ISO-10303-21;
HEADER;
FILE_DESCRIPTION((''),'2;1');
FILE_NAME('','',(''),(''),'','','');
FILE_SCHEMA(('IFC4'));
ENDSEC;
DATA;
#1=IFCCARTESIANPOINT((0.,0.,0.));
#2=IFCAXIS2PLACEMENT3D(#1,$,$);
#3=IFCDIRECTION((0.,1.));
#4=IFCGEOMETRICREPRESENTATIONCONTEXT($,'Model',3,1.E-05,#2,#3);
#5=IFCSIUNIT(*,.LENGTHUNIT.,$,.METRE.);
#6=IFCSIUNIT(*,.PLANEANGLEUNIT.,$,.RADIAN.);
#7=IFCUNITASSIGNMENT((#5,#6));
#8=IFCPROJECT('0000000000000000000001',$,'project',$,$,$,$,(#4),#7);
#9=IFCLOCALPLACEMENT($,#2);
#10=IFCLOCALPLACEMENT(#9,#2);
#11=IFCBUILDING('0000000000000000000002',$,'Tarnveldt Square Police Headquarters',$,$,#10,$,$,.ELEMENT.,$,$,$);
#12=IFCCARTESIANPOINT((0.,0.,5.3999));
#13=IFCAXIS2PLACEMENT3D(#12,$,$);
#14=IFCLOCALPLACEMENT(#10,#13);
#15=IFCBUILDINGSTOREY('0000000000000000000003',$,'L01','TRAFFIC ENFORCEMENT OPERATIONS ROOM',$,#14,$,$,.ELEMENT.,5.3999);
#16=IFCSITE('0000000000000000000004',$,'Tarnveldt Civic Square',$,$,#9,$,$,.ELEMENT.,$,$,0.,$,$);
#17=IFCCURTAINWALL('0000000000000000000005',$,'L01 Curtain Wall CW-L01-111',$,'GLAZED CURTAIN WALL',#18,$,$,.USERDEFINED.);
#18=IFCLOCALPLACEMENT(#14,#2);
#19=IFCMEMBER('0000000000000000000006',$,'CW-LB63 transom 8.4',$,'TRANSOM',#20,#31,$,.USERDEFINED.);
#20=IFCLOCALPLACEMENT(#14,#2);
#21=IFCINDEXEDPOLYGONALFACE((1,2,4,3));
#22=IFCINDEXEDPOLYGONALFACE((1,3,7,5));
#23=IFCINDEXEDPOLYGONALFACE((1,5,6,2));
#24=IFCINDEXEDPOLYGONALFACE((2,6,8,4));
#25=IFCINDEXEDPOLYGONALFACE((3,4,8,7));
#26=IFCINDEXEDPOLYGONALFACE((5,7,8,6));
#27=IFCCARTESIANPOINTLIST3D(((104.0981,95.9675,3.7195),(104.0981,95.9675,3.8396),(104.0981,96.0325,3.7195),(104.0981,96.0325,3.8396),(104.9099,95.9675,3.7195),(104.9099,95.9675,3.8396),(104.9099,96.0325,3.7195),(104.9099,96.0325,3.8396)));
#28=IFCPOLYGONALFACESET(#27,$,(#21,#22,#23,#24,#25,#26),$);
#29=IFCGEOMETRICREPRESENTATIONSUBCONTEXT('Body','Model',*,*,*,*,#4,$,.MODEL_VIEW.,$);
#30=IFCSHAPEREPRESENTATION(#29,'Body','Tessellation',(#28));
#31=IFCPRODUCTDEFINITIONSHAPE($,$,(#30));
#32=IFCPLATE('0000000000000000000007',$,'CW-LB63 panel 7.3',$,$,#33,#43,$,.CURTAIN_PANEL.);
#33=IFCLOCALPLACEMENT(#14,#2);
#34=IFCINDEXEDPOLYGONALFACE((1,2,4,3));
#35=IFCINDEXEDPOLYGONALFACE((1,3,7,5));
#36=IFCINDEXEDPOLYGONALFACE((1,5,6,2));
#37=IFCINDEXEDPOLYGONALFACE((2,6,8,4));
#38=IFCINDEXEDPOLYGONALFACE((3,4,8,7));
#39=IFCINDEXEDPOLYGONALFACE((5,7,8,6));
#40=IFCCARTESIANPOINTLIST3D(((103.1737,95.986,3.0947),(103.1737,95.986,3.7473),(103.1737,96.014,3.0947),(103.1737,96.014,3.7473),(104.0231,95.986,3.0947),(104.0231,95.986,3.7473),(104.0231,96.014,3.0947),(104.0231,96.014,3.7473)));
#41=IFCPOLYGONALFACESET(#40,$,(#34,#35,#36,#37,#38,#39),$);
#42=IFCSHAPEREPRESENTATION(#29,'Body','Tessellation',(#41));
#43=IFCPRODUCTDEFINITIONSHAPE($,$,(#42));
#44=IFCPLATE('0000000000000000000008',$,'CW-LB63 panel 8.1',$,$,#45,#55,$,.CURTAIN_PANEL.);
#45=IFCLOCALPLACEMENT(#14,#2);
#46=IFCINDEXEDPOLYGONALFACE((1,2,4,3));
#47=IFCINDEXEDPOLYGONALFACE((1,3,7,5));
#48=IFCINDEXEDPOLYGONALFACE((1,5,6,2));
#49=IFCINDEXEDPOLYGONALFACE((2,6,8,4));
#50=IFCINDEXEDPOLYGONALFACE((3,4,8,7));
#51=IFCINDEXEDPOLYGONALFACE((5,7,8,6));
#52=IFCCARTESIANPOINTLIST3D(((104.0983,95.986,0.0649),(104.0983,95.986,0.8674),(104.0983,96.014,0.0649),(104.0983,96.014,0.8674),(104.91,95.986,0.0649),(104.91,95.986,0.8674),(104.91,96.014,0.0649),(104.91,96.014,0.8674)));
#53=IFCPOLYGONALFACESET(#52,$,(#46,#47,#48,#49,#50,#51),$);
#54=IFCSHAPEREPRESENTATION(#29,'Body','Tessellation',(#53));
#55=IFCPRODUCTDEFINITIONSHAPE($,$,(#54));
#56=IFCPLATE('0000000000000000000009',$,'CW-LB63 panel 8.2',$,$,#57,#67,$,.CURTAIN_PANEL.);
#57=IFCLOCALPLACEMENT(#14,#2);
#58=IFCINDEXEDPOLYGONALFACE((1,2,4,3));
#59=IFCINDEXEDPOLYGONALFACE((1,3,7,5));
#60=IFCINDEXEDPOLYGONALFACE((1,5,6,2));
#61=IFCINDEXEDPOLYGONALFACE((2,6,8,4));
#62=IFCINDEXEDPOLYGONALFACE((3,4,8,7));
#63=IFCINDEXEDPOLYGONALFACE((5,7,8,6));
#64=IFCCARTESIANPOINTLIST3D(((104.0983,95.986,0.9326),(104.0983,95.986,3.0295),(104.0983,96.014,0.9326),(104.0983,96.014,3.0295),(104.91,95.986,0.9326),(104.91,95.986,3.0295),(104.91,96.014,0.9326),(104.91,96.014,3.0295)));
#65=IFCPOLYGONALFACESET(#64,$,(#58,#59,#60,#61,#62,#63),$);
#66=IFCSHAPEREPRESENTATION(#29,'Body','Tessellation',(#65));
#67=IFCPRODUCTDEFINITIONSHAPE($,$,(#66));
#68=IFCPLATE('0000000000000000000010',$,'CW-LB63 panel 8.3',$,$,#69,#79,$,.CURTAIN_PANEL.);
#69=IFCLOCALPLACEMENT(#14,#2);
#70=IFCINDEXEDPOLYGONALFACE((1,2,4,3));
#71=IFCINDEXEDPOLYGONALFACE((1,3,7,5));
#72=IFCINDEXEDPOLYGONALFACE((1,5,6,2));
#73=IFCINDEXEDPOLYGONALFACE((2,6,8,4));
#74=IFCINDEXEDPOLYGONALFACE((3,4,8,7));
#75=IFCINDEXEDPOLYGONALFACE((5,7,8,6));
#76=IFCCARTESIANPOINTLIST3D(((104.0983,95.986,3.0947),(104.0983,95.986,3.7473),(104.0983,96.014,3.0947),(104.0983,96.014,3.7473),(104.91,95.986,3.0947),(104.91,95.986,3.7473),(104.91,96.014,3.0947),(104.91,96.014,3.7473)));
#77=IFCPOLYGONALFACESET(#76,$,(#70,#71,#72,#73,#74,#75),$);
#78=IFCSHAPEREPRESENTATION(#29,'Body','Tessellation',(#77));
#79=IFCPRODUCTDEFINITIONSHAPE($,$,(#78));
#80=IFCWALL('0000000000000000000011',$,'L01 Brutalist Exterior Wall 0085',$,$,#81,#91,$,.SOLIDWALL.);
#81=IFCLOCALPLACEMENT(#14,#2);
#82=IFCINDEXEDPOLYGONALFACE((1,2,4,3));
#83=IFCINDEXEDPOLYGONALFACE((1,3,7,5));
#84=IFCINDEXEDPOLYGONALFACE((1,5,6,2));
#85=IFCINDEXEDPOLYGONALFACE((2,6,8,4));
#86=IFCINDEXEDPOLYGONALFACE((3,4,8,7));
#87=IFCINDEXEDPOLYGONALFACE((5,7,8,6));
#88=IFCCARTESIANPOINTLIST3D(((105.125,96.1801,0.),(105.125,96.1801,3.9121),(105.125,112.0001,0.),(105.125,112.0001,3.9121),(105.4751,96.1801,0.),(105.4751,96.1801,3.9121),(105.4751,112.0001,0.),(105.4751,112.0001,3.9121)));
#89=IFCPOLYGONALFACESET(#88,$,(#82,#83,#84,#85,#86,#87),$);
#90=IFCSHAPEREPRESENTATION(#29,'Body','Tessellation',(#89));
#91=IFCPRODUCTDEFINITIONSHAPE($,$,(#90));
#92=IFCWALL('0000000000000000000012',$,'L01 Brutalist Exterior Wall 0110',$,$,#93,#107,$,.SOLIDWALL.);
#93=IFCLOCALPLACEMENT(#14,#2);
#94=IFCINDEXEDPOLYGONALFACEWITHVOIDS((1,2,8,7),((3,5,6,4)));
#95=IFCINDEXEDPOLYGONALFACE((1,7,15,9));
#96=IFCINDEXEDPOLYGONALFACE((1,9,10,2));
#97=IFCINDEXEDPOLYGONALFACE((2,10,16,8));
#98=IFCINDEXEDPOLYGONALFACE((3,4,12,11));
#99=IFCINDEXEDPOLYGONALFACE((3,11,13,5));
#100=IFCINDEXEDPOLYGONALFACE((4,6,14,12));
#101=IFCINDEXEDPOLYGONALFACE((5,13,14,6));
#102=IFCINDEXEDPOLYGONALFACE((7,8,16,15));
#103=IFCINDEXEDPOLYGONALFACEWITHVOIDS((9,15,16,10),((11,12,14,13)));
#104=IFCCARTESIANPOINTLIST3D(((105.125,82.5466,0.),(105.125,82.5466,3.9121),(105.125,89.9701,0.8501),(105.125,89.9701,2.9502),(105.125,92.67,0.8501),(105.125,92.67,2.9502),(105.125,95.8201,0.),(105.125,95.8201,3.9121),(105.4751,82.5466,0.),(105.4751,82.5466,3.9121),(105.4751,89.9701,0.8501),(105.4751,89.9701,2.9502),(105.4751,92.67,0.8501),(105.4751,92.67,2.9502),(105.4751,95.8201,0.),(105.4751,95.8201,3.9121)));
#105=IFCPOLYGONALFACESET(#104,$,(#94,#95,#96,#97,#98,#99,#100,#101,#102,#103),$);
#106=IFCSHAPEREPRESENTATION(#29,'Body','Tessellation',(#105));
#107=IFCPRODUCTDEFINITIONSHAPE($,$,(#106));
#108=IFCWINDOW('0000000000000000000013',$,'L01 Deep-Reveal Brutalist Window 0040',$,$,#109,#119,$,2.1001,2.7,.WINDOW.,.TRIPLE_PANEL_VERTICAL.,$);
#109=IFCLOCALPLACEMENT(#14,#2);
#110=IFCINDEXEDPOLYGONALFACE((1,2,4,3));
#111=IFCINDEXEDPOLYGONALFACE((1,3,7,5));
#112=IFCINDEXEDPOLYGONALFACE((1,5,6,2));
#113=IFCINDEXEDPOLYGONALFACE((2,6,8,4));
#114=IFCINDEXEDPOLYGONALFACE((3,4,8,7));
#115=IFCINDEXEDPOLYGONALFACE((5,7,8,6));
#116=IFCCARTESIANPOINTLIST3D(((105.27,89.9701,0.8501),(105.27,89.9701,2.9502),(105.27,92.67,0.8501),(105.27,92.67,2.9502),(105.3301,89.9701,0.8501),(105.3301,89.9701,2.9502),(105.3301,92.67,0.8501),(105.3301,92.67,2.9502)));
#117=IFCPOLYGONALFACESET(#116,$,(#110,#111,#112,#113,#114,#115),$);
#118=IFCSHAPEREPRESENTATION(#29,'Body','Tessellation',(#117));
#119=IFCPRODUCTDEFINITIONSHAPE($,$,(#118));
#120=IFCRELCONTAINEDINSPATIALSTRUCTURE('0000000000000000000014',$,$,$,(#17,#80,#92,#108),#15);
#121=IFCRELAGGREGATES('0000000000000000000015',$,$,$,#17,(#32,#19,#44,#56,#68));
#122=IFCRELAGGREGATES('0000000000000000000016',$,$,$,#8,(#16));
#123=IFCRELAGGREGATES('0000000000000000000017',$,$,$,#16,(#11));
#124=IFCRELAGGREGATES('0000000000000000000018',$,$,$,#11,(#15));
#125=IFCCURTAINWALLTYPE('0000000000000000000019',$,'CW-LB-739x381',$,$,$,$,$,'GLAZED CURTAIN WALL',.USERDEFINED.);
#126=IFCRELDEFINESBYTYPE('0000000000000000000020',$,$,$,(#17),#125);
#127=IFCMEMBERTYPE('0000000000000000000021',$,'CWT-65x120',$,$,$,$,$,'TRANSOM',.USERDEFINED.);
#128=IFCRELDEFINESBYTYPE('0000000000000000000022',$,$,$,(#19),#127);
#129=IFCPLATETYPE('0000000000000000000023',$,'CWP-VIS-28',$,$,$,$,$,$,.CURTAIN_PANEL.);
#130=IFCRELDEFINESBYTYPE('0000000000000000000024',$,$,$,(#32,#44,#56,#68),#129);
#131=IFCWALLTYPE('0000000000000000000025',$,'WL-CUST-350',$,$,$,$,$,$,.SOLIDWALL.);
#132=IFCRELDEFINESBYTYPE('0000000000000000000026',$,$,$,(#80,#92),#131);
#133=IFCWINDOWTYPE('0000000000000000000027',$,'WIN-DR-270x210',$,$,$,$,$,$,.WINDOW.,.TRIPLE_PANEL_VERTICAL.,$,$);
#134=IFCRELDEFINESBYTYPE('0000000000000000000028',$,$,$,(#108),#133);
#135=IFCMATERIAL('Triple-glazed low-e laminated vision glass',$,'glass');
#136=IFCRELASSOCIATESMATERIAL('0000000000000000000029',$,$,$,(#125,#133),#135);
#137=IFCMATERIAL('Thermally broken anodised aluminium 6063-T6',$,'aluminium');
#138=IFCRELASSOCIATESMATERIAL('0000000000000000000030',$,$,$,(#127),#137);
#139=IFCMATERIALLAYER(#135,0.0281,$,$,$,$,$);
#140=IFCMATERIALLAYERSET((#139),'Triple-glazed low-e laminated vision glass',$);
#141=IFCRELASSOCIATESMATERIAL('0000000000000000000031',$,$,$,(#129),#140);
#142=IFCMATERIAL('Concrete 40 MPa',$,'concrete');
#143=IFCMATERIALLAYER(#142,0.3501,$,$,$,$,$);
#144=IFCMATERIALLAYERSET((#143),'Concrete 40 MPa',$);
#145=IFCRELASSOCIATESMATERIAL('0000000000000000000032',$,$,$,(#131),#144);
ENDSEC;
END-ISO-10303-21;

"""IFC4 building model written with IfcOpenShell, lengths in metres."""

from ifc_helpers import new_model, si_unit, direction, frame, frame_2d, origin, origin_2d, place, context, subcontext, project, spatial, rectangle, extrude, material, layer, layer_set, material_profile, profile_set, type_object, element, fill, aggregate, save


model = new_model("IFC4")

# Units and contexts
model_context = context("Model", 3, precision=1e-05, world=origin(), true_north=direction((0.0, 1.0)))
body_context = subcontext(model_context, "Body", "Model", "MODEL_VIEW")
ifc_project = project(units=[si_unit("LENGTHUNIT", "METRE"), si_unit("PLANEANGLEUNIT", "RADIAN")], contexts=[model_context])

# Site, building, storey
site_placement = place(None, origin())
site = spatial("IfcSite", under=ifc_project, at=site_placement, Name="Tarnveldt Civic Square", CompositionType="ELEMENT", RefElevation=0.0)
building_placement = place(site_placement, origin())
building = spatial("IfcBuilding", under=site, at=building_placement, Name="Tarnveldt Square Police Headquarters", CompositionType="ELEMENT")
storey_placement = place(building_placement, frame((0.0, 0.0, 5.3999)))
storey = spatial("IfcBuildingStorey", under=building, at=storey_placement, Name="L01", Description="TRAFFIC ENFORCEMENT OPERATIONS ROOM", CompositionType="ELEMENT", Elevation=5.3999)

# Shared definitions
ifc_material_1 = material(Name="Concrete 40 MPa", Category="concrete")

# Curtain wall, member, plates
ifc_material_2 = material(Name="Triple-glazed low-e laminated vision glass", Category="glass")
curtain_wall_type = type_object("IfcCurtainWallType", Name="CW-LB-739x381", ElementType="GLAZED CURTAIN WALL", PredefinedType="USERDEFINED", material=ifc_material_2)
curtain_wall_placement = place(storey_placement, origin())
curtain_wall = element("IfcCurtainWall", 1, at=curtain_wall_placement, inside=storey, type_object=curtain_wall_type, Name="L01 Curtain Wall CW-L01-111", ObjectType="GLAZED CURTAIN WALL", PredefinedType="USERDEFINED")
ifc_material_3 = material(Name="Thermally broken anodised aluminium 6063-T6", Category="aluminium")
ifc_material_profile_1 = material_profile(ifc_material_3, rectangle(XDim=0.0649, YDim=0.1201, at=origin_2d()), Name="CW-T65x120")
ifc_profile_set_1 = profile_set([ifc_material_profile_1], Name="Thermally broken anodised aluminium 6063-T6")
member_type_1 = type_object("IfcMemberType", Name="CWT-65x120", ElementType="TRANSOM", PredefinedType="USERDEFINED", material=ifc_profile_set_1)
member_1_placement = place(storey_placement, frame((104.0981, 96.0, 3.7795), z_axis=(1.0, 0.0, 0.0), x_axis=(0.0, 1.0, 0.0)))
member_1 = element("IfcMember", 2, at=member_1_placement, type_object=member_type_1, Name="CW-LB63 transom 8.4", ObjectType="TRANSOM", PredefinedType="USERDEFINED", context=body_context, shape_type="SweptSolid", body=[
    extrude(rectangle(XDim=0.0649, YDim=0.1201, at=origin_2d()), origin(), (0.0, 0.0, 1.0), 0.8118),
])
ifc_layer_1 = layer(ifc_material_2, 0.0281)
ifc_layer_set_1 = layer_set([ifc_layer_1], Name="Triple-glazed low-e laminated vision glass")
plate_type = type_object("IfcPlateType", Name="CWP-VIS-28", PredefinedType="CURTAIN_PANEL", material=ifc_layer_set_1)
plate_1_placement = place(storey_placement, frame((103.5984, 96.0, 3.0947), z_axis=(0.0, 0.0, 1.0), x_axis=(1.0, 0.0, 0.0)))
plate_1 = element("IfcPlate", 3, at=plate_1_placement, type_object=plate_type, Name="CW-LB63 panel 7.3", PredefinedType="CURTAIN_PANEL", context=body_context, shape_type="SweptSolid", body=[
    extrude(rectangle(XDim=0.8494, YDim=0.0281, at=origin_2d()), origin(), (0.0, 0.0, 1.0), 0.6526),
])
plate_2_placement = place(storey_placement, frame((104.5042, 96.0, 0.0649), z_axis=(0.0, 0.0, 1.0), x_axis=(1.0, 0.0, 0.0)))
plate_2 = element("IfcPlate", 4, at=plate_2_placement, type_object=plate_type, Name="CW-LB63 panel 8.1", PredefinedType="CURTAIN_PANEL", context=body_context, shape_type="SweptSolid", body=[
    extrude(rectangle(XDim=0.8118, YDim=0.0281, at=origin_2d()), origin(), (0.0, 0.0, 1.0), 0.8025),
])
plate_3_placement = place(storey_placement, frame((104.5042, 96.0, 0.9326), z_axis=(0.0, 0.0, 1.0), x_axis=(1.0, 0.0, 0.0)))
plate_3 = element("IfcPlate", 5, at=plate_3_placement, type_object=plate_type, Name="CW-LB63 panel 8.2", PredefinedType="CURTAIN_PANEL", context=body_context, shape_type="SweptSolid", body=[
    extrude(rectangle(XDim=0.8118, YDim=0.0281, at=origin_2d()), origin(), (0.0, 0.0, 1.0), 2.0969),
])
plate_4_placement = place(storey_placement, frame((104.5042, 96.0, 3.0947), z_axis=(0.0, 0.0, 1.0), x_axis=(1.0, 0.0, 0.0)))
plate_4 = element("IfcPlate", 6, at=plate_4_placement, type_object=plate_type, Name="CW-LB63 panel 8.3", PredefinedType="CURTAIN_PANEL", context=body_context, shape_type="SweptSolid", body=[
    extrude(rectangle(XDim=0.8118, YDim=0.0281, at=origin_2d()), origin(), (0.0, 0.0, 1.0), 0.6526),
])
aggregate(curtain_wall, [plate_1, member_1, plate_2, plate_3, plate_4])

# Wall
ifc_layer_2 = layer(ifc_material_1, 0.3501)
ifc_layer_set_2 = layer_set([ifc_layer_2], Name="Concrete 40 MPa")
wall_type = type_object("IfcWallType", Name="WL-CUST-350", PredefinedType="SOLIDWALL", material=ifc_layer_set_2)
wall_1_placement = place(storey_placement, frame((105.3, 96.1799, 0.0), z_axis=(0.0, 0.0, 1.0), x_axis=(0.0, 1.0, 0.0)))
element("IfcWall", 7, at=wall_1_placement, inside=storey, type_object=wall_type, Name="L01 Brutalist Exterior Wall 0085", PredefinedType="SOLIDWALL", context=body_context, shape_type="SweptSolid", body=[
    extrude(rectangle(XDim=15.8201, YDim=0.3501, at=frame_2d((7.9102, 0.0))), origin(), (0.0, 0.0, 1.0), 3.9121),
])

# Wall, opening, window
wall_2_placement = place(storey_placement, frame((105.3, 95.8201, 0.0), z_axis=(0.0, 0.0, 1.0), x_axis=(0.0, -1.0, 0.0)))
wall_2 = element("IfcWall", 8, at=wall_2_placement, inside=storey, type_object=wall_type, Name="L01 Brutalist Exterior Wall 0110", PredefinedType="SOLIDWALL", context=body_context, shape_type="SweptSolid", body=[
    extrude(rectangle(XDim=13.2734, YDim=0.3501, at=frame_2d((6.6367, 0.0))), origin(), (0.0, 0.0, 1.0), 3.9121),
])
opening_placement = place(wall_2_placement, frame((3.1499, 0.0, 0.8501)))
opening = element("IfcOpeningElement", 9, at=opening_placement, cuts=wall_2, PredefinedType="OPENING", context=body_context, shape_type="SweptSolid", body=[
    extrude(rectangle(XDim=2.7, YDim=2.1001, at=frame_2d((1.3501, 1.05))), frame((0.0, 0.1851, 0.0), z_axis=(0.0, -1.0, 0.0), x_axis=(1.0, 0.0, 0.0)), (0.0, 0.0, 1.0), 0.3701),
])
window_type = type_object("IfcWindowType", Name="WIN-DR-270x210", PartitioningType="TRIPLE_PANEL_VERTICAL", PredefinedType="WINDOW", material=ifc_material_2)
window_placement = place(opening_placement, origin())
window = element("IfcWindow", 10, at=window_placement, inside=storey, type_object=window_type, Name="L01 Deep-Reveal Brutalist Window 0040", OverallHeight=2.1001, OverallWidth=2.7, PartitioningType="TRIPLE_PANEL_VERTICAL", PredefinedType="WINDOW", context=body_context, shape_type="SweptSolid", body=[
    extrude(rectangle(XDim=2.7, YDim=2.1001, at=frame_2d((1.3501, 1.05))), frame((0.0, 0.03, 0.0), z_axis=(0.0, -1.0, 0.0), x_axis=(1.0, 0.0, 0.0)), (0.0, 0.0, 1.0), 0.0601),
])
fill(opening, window)

save(model, "model.ifc")
